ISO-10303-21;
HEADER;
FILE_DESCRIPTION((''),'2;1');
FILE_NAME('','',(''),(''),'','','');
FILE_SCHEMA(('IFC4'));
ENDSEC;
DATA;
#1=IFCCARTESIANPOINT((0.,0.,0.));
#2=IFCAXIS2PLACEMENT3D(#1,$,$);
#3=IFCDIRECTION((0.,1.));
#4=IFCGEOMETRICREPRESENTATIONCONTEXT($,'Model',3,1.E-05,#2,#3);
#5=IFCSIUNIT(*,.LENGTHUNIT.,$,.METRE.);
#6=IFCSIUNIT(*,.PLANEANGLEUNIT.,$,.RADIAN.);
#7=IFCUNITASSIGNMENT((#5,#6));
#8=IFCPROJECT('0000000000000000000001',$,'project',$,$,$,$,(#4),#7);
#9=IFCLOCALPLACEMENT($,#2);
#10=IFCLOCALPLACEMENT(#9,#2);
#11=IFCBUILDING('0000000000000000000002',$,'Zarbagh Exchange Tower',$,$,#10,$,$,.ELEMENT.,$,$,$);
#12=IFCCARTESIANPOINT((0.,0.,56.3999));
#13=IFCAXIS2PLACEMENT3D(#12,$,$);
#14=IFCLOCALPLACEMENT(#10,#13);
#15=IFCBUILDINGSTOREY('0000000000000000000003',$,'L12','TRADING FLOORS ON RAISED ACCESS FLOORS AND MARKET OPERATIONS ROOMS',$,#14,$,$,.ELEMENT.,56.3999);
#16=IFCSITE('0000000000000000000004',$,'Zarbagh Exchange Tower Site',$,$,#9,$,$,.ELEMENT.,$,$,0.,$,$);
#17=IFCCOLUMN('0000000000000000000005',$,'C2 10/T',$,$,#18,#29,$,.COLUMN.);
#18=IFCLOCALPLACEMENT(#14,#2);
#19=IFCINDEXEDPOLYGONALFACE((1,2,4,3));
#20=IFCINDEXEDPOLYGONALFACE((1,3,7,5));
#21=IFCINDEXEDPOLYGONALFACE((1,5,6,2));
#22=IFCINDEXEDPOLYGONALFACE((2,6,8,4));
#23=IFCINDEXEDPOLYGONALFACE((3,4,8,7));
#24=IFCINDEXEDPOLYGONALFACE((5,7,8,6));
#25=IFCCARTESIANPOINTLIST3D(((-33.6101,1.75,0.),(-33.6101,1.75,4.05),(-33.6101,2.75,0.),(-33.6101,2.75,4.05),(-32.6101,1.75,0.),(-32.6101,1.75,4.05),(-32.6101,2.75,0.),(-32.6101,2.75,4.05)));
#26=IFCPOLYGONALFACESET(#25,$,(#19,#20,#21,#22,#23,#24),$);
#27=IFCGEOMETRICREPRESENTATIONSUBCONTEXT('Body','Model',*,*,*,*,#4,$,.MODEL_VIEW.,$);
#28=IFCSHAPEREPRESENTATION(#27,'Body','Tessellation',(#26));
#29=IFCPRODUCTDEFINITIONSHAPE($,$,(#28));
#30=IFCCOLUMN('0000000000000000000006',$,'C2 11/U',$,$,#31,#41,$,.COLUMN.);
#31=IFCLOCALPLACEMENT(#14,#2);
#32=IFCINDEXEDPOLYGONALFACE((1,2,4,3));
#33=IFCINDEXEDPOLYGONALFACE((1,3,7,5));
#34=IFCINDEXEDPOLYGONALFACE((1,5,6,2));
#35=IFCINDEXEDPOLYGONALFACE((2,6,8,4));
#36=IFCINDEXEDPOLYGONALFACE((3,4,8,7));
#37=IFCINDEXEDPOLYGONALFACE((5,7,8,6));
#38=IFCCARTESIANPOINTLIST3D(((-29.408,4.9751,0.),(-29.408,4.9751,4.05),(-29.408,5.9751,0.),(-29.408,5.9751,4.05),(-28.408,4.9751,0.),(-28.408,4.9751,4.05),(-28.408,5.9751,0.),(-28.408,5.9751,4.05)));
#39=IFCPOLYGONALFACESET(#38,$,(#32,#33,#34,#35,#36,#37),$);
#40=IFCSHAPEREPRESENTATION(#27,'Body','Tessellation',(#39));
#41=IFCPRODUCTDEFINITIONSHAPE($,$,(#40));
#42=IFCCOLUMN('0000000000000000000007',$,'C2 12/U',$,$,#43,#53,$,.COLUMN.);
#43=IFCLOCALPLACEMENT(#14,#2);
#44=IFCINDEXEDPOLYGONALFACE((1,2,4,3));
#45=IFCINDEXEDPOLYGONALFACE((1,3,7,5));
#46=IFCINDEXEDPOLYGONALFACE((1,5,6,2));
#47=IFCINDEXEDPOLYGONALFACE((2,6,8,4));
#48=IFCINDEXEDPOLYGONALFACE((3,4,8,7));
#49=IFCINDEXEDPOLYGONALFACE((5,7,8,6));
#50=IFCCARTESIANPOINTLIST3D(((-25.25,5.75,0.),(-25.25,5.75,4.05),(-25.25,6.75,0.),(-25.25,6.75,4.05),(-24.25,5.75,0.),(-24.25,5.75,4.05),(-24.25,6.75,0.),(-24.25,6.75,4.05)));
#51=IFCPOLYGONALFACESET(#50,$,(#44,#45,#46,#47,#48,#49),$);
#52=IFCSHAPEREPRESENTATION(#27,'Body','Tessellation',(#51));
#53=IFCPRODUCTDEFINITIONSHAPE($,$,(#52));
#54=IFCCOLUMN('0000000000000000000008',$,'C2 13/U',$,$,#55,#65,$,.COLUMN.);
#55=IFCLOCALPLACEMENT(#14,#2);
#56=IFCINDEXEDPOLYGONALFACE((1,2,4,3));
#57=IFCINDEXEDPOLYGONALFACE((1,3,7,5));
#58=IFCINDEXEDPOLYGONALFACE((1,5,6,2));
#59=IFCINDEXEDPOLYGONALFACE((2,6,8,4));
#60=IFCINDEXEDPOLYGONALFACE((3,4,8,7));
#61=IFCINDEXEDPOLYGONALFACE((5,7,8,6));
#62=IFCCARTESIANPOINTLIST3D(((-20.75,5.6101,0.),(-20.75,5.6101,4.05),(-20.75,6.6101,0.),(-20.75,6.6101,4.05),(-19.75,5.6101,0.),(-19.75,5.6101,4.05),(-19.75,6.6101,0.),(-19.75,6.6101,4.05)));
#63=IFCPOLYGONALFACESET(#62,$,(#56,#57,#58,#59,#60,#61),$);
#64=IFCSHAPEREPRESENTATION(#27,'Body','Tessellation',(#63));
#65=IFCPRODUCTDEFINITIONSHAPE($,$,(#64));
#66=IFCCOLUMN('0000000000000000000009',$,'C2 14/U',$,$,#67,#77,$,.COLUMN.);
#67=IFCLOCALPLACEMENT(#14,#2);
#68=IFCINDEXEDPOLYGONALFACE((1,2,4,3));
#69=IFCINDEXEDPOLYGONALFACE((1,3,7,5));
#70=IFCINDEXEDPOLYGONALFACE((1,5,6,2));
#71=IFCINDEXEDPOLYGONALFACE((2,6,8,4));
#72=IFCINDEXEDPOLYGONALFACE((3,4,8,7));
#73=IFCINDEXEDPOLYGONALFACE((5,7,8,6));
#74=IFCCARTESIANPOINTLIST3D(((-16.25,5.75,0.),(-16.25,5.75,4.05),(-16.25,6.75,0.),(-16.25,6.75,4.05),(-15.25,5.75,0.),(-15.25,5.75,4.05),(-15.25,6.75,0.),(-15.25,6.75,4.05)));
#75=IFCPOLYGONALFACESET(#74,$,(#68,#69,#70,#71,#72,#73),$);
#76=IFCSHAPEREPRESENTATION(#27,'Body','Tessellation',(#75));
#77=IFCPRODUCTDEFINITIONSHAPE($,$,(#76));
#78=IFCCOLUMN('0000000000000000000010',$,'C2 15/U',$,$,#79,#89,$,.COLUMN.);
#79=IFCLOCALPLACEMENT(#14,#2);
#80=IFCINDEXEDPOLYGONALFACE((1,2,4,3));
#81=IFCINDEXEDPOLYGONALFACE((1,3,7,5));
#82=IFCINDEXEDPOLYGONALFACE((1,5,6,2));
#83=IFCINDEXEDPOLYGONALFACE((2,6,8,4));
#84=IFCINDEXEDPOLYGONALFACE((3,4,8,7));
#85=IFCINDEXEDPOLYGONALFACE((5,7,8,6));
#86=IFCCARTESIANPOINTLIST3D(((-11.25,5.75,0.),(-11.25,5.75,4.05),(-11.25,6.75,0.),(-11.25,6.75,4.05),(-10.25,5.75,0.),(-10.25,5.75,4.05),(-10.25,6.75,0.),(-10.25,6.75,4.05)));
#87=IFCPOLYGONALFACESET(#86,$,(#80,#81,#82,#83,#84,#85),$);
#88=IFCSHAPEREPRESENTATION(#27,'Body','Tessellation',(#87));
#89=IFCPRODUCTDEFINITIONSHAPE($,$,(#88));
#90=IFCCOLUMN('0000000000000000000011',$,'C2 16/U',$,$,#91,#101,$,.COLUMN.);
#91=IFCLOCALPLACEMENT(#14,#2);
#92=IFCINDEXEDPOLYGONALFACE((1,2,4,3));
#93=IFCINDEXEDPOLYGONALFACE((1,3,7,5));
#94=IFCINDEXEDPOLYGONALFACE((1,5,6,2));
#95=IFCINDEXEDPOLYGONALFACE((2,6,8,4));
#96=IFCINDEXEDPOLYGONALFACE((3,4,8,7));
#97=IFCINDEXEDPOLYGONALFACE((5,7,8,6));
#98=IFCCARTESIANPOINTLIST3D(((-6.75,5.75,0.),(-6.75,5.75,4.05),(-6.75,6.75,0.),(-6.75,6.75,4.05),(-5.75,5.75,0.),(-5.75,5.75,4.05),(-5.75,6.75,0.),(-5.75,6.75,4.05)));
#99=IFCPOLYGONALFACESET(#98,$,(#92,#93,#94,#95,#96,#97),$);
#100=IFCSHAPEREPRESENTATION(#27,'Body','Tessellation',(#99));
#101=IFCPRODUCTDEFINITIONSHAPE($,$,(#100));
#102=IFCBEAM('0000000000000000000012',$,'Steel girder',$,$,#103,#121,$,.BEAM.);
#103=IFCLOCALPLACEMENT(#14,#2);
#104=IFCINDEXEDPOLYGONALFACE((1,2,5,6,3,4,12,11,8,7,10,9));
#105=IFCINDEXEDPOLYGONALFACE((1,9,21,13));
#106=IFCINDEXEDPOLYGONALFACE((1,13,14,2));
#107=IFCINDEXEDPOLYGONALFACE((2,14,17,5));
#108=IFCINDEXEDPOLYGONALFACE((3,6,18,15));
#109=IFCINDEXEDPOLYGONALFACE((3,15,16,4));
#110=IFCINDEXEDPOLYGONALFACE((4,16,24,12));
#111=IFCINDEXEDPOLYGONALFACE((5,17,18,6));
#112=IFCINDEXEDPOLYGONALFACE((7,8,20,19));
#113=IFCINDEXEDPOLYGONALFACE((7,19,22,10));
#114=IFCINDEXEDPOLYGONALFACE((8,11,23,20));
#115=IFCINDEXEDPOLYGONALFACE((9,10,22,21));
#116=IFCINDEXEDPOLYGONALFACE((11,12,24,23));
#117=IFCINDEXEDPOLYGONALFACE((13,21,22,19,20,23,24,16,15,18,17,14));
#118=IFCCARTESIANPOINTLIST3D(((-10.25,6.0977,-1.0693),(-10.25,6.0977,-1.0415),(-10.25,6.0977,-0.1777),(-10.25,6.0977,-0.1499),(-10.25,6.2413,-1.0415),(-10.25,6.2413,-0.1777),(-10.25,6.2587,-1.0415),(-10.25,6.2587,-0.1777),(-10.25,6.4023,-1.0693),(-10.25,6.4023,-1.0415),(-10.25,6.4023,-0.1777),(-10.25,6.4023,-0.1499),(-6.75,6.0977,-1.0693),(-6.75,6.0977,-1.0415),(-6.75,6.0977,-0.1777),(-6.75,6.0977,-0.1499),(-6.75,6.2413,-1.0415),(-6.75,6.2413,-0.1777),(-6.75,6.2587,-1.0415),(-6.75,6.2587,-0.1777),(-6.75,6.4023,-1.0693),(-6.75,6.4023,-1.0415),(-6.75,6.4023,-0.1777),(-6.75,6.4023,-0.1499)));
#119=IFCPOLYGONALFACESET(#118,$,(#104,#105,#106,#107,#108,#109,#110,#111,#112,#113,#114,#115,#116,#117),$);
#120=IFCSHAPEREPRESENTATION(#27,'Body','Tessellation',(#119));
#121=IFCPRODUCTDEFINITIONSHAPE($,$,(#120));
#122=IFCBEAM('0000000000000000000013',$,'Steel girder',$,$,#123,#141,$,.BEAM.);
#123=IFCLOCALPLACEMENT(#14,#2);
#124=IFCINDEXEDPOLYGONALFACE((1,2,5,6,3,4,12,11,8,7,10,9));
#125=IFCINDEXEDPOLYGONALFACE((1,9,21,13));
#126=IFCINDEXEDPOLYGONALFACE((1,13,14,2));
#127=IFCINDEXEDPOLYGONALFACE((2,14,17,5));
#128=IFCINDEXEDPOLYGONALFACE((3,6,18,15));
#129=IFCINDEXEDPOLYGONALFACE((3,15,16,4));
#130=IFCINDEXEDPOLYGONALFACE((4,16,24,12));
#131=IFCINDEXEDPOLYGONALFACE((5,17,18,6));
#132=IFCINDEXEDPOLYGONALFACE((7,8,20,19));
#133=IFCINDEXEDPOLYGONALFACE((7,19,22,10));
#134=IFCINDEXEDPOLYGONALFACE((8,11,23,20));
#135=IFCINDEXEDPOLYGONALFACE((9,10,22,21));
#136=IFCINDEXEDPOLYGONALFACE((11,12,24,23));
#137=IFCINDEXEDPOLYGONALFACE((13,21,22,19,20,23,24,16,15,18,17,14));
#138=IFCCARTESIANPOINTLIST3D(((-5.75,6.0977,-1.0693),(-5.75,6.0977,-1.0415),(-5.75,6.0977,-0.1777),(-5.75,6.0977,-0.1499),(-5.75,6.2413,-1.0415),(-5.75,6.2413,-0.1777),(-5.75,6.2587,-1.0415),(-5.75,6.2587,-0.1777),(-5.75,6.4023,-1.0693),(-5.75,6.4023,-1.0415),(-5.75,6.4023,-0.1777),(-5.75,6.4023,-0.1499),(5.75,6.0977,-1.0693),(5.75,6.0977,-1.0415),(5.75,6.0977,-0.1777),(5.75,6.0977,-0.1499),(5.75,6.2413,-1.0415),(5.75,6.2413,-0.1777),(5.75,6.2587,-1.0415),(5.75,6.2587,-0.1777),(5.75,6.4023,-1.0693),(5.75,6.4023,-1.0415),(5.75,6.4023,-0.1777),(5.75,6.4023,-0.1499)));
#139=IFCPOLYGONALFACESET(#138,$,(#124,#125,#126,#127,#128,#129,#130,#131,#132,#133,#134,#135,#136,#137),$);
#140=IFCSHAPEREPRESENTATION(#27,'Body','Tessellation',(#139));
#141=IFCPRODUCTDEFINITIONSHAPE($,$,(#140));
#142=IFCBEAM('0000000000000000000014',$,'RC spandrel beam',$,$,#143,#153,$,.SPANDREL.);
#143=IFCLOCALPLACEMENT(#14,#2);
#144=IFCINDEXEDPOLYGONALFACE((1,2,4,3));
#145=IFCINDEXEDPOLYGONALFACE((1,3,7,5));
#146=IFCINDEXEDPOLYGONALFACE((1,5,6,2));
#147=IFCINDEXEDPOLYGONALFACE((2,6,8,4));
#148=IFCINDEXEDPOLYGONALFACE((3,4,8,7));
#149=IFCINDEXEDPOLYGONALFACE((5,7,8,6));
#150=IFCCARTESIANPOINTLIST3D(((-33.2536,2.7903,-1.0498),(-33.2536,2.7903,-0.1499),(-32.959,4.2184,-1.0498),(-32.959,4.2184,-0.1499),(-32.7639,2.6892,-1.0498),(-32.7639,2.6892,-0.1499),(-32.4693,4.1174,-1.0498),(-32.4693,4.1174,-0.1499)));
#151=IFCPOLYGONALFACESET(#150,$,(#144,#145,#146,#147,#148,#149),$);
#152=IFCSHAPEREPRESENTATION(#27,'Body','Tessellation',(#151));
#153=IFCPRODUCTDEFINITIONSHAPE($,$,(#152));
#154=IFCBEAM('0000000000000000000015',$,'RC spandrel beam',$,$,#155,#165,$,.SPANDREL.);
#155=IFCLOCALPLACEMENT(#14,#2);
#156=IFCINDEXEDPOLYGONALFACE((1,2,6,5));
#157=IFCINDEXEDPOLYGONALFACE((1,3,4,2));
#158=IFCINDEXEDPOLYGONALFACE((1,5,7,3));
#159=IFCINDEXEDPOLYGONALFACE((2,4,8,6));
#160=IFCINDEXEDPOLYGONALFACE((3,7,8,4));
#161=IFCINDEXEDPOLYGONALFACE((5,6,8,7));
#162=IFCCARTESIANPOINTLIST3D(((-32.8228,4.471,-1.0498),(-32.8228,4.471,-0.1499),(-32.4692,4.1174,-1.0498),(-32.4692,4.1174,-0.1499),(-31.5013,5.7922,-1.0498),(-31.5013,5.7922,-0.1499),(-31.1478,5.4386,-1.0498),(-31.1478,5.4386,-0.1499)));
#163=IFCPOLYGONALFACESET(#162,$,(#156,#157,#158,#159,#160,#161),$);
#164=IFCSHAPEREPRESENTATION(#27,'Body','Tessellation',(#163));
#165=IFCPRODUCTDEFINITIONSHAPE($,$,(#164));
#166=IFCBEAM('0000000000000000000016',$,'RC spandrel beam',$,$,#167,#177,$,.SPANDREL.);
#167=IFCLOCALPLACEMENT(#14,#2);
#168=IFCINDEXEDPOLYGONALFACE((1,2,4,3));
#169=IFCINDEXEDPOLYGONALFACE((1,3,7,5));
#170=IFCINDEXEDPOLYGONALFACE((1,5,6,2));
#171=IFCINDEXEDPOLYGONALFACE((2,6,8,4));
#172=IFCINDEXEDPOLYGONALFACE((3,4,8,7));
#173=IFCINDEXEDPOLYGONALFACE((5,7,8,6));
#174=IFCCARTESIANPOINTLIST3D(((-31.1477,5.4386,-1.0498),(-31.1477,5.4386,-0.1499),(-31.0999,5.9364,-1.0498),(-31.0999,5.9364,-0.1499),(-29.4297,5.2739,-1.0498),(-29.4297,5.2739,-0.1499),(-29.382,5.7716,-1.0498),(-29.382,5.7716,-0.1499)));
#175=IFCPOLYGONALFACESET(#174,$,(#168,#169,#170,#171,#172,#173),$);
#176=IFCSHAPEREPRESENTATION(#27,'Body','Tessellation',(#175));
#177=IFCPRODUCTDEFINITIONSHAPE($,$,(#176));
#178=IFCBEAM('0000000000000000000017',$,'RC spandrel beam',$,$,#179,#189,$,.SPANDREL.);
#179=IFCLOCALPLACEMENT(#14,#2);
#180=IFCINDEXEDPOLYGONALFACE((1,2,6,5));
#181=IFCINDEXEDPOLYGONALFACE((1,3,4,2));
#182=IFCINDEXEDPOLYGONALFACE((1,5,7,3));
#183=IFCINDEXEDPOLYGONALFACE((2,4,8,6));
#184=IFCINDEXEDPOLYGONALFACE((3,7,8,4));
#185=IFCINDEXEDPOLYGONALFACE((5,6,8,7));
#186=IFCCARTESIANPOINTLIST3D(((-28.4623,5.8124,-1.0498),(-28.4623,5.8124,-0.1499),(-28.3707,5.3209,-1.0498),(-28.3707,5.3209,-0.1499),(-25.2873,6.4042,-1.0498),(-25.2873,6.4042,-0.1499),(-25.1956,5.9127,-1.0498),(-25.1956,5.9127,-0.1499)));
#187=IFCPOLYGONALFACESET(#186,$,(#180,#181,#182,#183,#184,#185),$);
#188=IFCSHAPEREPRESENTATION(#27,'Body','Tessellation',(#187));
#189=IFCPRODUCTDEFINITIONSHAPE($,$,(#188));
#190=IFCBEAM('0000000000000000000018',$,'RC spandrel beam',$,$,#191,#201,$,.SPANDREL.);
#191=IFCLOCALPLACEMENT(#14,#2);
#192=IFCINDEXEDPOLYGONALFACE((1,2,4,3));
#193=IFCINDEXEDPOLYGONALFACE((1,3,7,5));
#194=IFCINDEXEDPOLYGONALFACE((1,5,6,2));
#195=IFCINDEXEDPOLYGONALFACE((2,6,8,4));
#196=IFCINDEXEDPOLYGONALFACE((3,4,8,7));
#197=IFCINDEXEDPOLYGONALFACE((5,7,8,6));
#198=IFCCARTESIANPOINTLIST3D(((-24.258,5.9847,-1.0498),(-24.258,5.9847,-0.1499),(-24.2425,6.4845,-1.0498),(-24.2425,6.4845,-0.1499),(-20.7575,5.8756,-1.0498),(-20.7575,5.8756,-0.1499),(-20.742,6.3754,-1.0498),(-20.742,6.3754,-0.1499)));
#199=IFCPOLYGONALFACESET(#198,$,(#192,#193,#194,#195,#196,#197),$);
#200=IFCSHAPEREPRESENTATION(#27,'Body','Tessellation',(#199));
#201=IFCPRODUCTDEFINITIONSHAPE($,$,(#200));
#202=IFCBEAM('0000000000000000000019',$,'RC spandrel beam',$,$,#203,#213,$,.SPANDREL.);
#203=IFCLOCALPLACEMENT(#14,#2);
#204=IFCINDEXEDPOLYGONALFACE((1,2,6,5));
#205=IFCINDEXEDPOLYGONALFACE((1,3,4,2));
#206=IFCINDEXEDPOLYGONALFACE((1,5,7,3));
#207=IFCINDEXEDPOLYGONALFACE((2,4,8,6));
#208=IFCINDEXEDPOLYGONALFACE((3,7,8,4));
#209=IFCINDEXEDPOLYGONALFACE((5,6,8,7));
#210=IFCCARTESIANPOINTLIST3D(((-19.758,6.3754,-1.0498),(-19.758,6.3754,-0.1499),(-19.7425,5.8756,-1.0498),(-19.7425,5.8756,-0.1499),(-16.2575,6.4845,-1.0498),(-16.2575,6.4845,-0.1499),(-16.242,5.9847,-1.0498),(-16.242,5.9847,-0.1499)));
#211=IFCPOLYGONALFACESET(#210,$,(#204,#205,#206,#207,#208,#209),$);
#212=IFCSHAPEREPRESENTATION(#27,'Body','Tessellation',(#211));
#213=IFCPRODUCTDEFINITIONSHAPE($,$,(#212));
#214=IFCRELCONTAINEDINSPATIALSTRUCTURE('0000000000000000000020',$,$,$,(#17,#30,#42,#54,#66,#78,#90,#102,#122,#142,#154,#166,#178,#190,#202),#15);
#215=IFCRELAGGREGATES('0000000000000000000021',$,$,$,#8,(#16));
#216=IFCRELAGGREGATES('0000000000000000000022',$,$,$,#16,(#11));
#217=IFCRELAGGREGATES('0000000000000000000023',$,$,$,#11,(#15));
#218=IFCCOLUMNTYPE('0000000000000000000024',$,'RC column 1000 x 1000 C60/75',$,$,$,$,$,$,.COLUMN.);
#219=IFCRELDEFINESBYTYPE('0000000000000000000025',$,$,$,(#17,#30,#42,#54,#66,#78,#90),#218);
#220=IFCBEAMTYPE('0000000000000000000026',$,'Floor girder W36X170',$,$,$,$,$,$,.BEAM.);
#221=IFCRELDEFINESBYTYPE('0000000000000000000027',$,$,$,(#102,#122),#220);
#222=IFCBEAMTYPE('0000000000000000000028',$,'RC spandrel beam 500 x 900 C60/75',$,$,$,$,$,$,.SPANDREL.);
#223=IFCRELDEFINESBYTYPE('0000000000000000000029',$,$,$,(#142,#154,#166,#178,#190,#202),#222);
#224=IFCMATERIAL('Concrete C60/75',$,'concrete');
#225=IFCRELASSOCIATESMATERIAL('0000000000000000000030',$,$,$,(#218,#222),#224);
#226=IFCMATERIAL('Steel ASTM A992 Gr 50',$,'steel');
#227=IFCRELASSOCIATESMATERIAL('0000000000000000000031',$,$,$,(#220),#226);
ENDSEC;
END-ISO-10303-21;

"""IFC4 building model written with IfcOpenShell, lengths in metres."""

from ifc_helpers import new_model, si_unit, direction, frame, origin, origin_2d, place, context, subcontext, project, spatial, rectangle, i_section, extrude, material, material_profile, profile_set, type_object, element, save


model = new_model("IFC4")

# Units and contexts
model_context = context("Model", 3, precision=1e-05, world=origin(), true_north=direction((0.0, 1.0)))
body_context = subcontext(model_context, "Body", "Model", "MODEL_VIEW")
ifc_project = project(units=[si_unit("LENGTHUNIT", "METRE"), si_unit("PLANEANGLEUNIT", "RADIAN")], contexts=[model_context])

# Site, building, storey
site_placement = place(None, origin())
site = spatial("IfcSite", under=ifc_project, at=site_placement, Name="Zarbagh Exchange Tower Site", CompositionType="ELEMENT", RefElevation=0.0)
building_placement = place(site_placement, origin())
building = spatial("IfcBuilding", under=site, at=building_placement, Name="Zarbagh Exchange Tower", CompositionType="ELEMENT")
storey_placement = place(building_placement, frame((0.0, 0.0, 56.3999)))
storey = spatial("IfcBuildingStorey", under=building, at=storey_placement, Name="L12", Description="TRADING FLOORS ON RAISED ACCESS FLOORS AND MARKET OPERATIONS ROOMS", CompositionType="ELEMENT", Elevation=56.3999)

# Columns
ifc_material_1 = material(Name="Concrete C60/75", Category="concrete")
ifc_material_profile_1 = material_profile(ifc_material_1, rectangle(XDim=1.0, YDim=1.0, at=origin_2d()), Name="RC column 1000 x 1000 C60/75")
ifc_profile_set_1 = profile_set([ifc_material_profile_1], Name="Concrete C60/75")
column_type = type_object("IfcColumnType", Name="RC column 1000 x 1000 C60/75", PredefinedType="COLUMN", material=ifc_profile_set_1)
for number, where, z_axis, x_axis, name in (
    (1, (-33.1101, 2.25, 0.0), (0.0, 0.0, 1.0), (1.0, 0.0, 0.0), "C2 10/T"),
    (2, (-28.908, 5.4751, 0.0), (0.0, 0.0, 1.0), (1.0, 0.0, 0.0), "C2 11/U"),
    (3, (-24.75, 6.25, 0.0), (0.0, 0.0, 1.0), (1.0, 0.0, 0.0), "C2 12/U"),
    (4, (-20.25, 6.1101, 0.0), (0.0, 0.0, 1.0), (1.0, 0.0, 0.0), "C2 13/U"),
    (5, (-15.75, 6.25, 0.0), (0.0, 0.0, 1.0), (1.0, 0.0, 0.0), "C2 14/U"),
    (6, (-10.75, 6.25, 0.0), (0.0, 0.0, 1.0), (1.0, 0.0, 0.0), "C2 15/U"),
    (7, (-6.25, 6.25, 0.0), (0.0, 0.0, 1.0), (1.0, 0.0, 0.0), "C2 16/U"),
):
    element("IfcColumn", number, at=place(storey_placement, frame(where, z_axis=z_axis, x_axis=x_axis)), inside=storey, type_object=column_type, Name=name, PredefinedType="COLUMN", context=body_context, shape_type="SweptSolid", body=[
        extrude(rectangle(XDim=1.0, YDim=1.0, at=origin_2d()), origin(), (0.0, 0.0, 1.0), 4.05),
    ])

# Beams
ifc_material_2 = material(Name="Steel ASTM A992 Gr 50", Category="steel")
ifc_material_profile_2 = material_profile(ifc_material_2, i_section(OverallWidth=0.3047, OverallDepth=0.9194, WebThickness=0.0173, FlangeThickness=0.0278, at=origin_2d()), Name="W36X170")
ifc_profile_set_2 = profile_set([ifc_material_profile_2], Name="Steel ASTM A992 Gr 50")
beam_type_1 = type_object("IfcBeamType", Name="Floor girder W36X170", PredefinedType="BEAM", material=ifc_profile_set_2)
beam_1_placement = place(storey_placement, frame((-10.25, 6.25, -0.6096), z_axis=(1.0, 0.0, 0.0), x_axis=(0.0, 1.0, 0.0)))
element("IfcBeam", 8, at=beam_1_placement, inside=storey, type_object=beam_type_1, Name="Steel girder", PredefinedType="BEAM", context=body_context, shape_type="SweptSolid", body=[
    extrude(i_section(OverallWidth=0.3047, OverallDepth=0.9194, WebThickness=0.0173, FlangeThickness=0.0278, at=origin_2d()), origin(), (0.0, 0.0, 1.0), 3.5),
])
beam_2_placement = place(storey_placement, frame((-5.75, 6.25, -0.6096), z_axis=(1.0, 0.0, 0.0), x_axis=(0.0, 1.0, 0.0)))
element("IfcBeam", 9, at=beam_2_placement, inside=storey, type_object=beam_type_1, Name="Steel girder", PredefinedType="BEAM", context=body_context, shape_type="SweptSolid", body=[
    extrude(i_section(OverallWidth=0.3047, OverallDepth=0.9194, WebThickness=0.0173, FlangeThickness=0.0278, at=origin_2d()), origin(), (0.0, 0.0, 1.0), 11.5),
])
ifc_material_profile_3 = material_profile(ifc_material_1, rectangle(XDim=0.5, YDim=0.8999, at=origin_2d()), Name="RC spandrel beam 500 x 900 C60/75")
ifc_profile_set_3 = profile_set([ifc_material_profile_3], Name="Concrete C60/75")
beam_type_2 = type_object("IfcBeamType", Name="RC spandrel beam 500 x 900 C60/75", PredefinedType="SPANDREL", material=ifc_profile_set_3)
beam_3_placement = place(storey_placement, frame((-33.0088, 2.7397, -0.5999), z_axis=(0.202069, 0.979371, 0.0), x_axis=(-0.979371, 0.202069, 0.0)))
element("IfcBeam", 10, at=beam_3_placement, inside=storey, type_object=beam_type_2, Name="RC spandrel beam", PredefinedType="SPANDREL", context=body_context, shape_type="SweptSolid", body=[
    extrude(rectangle(XDim=0.5, YDim=0.8999, at=origin_2d()), origin(), (0.0, 0.0, 1.0), 1.4583),
])
beam_4_placement = place(storey_placement, frame((-32.646, 4.2942, -0.5999), z_axis=(0.707172, 0.707041, 0.0), x_axis=(-0.707041, 0.707172, 0.0)))
element("IfcBeam", 11, at=beam_4_placement, inside=storey, type_object=beam_type_2, Name="RC spandrel beam", PredefinedType="SPANDREL", context=body_context, shape_type="SweptSolid", body=[
    extrude(rectangle(XDim=0.5, YDim=0.8999, at=origin_2d()), origin(), (0.0, 0.0, 1.0), 1.8687),
])
beam_5_placement = place(storey_placement, frame((-31.1238, 5.6875, -0.5999), z_axis=(0.995431, -0.095483, 0.0), x_axis=(0.095483, 0.995431, 0.0)))
element("IfcBeam", 12, at=beam_5_placement, inside=storey, type_object=beam_type_2, Name="RC spandrel beam", PredefinedType="SPANDREL", context=body_context, shape_type="SweptSolid", body=[
    extrude(rectangle(XDim=0.5, YDim=0.8999, at=origin_2d()), origin(), (0.0, 0.0, 1.0), 1.7258),
])
beam_6_placement = place(storey_placement, frame((-28.4165, 5.5667, -0.5999), z_axis=(0.983069, 0.183234, 0.0), x_axis=(-0.183234, 0.983069, 0.0)))
element("IfcBeam", 13, at=beam_6_placement, inside=storey, type_object=beam_type_2, Name="RC spandrel beam", PredefinedType="SPANDREL", context=body_context, shape_type="SweptSolid", body=[
    extrude(rectangle(XDim=0.5, YDim=0.8999, at=origin_2d()), origin(), (0.0, 0.0, 1.0), 3.2297),
])
for number, where, z_axis, x_axis, name in (
    (14, (-24.2502, 6.2346, -0.5999), (0.999514, -0.031161, 0.0), (0.031161, 0.999514, 0.0), "RC spandrel beam"),
    (15, (-19.7502, 6.1255, -0.5999), (0.999514, 0.031161, 0.0), (-0.031161, 0.999514, 0.0), "RC spandrel beam"),
):
    element("IfcBeam", number, at=place(storey_placement, frame(where, z_axis=z_axis, x_axis=x_axis)), inside=storey, type_object=beam_type_2, Name=name, PredefinedType="SPANDREL", context=body_context, shape_type="SweptSolid", body=[
        extrude(rectangle(XDim=0.5, YDim=0.8999, at=origin_2d()), origin(), (0.0, 0.0, 1.0), 3.5022),
    ])

save(model, "model.ifc")
